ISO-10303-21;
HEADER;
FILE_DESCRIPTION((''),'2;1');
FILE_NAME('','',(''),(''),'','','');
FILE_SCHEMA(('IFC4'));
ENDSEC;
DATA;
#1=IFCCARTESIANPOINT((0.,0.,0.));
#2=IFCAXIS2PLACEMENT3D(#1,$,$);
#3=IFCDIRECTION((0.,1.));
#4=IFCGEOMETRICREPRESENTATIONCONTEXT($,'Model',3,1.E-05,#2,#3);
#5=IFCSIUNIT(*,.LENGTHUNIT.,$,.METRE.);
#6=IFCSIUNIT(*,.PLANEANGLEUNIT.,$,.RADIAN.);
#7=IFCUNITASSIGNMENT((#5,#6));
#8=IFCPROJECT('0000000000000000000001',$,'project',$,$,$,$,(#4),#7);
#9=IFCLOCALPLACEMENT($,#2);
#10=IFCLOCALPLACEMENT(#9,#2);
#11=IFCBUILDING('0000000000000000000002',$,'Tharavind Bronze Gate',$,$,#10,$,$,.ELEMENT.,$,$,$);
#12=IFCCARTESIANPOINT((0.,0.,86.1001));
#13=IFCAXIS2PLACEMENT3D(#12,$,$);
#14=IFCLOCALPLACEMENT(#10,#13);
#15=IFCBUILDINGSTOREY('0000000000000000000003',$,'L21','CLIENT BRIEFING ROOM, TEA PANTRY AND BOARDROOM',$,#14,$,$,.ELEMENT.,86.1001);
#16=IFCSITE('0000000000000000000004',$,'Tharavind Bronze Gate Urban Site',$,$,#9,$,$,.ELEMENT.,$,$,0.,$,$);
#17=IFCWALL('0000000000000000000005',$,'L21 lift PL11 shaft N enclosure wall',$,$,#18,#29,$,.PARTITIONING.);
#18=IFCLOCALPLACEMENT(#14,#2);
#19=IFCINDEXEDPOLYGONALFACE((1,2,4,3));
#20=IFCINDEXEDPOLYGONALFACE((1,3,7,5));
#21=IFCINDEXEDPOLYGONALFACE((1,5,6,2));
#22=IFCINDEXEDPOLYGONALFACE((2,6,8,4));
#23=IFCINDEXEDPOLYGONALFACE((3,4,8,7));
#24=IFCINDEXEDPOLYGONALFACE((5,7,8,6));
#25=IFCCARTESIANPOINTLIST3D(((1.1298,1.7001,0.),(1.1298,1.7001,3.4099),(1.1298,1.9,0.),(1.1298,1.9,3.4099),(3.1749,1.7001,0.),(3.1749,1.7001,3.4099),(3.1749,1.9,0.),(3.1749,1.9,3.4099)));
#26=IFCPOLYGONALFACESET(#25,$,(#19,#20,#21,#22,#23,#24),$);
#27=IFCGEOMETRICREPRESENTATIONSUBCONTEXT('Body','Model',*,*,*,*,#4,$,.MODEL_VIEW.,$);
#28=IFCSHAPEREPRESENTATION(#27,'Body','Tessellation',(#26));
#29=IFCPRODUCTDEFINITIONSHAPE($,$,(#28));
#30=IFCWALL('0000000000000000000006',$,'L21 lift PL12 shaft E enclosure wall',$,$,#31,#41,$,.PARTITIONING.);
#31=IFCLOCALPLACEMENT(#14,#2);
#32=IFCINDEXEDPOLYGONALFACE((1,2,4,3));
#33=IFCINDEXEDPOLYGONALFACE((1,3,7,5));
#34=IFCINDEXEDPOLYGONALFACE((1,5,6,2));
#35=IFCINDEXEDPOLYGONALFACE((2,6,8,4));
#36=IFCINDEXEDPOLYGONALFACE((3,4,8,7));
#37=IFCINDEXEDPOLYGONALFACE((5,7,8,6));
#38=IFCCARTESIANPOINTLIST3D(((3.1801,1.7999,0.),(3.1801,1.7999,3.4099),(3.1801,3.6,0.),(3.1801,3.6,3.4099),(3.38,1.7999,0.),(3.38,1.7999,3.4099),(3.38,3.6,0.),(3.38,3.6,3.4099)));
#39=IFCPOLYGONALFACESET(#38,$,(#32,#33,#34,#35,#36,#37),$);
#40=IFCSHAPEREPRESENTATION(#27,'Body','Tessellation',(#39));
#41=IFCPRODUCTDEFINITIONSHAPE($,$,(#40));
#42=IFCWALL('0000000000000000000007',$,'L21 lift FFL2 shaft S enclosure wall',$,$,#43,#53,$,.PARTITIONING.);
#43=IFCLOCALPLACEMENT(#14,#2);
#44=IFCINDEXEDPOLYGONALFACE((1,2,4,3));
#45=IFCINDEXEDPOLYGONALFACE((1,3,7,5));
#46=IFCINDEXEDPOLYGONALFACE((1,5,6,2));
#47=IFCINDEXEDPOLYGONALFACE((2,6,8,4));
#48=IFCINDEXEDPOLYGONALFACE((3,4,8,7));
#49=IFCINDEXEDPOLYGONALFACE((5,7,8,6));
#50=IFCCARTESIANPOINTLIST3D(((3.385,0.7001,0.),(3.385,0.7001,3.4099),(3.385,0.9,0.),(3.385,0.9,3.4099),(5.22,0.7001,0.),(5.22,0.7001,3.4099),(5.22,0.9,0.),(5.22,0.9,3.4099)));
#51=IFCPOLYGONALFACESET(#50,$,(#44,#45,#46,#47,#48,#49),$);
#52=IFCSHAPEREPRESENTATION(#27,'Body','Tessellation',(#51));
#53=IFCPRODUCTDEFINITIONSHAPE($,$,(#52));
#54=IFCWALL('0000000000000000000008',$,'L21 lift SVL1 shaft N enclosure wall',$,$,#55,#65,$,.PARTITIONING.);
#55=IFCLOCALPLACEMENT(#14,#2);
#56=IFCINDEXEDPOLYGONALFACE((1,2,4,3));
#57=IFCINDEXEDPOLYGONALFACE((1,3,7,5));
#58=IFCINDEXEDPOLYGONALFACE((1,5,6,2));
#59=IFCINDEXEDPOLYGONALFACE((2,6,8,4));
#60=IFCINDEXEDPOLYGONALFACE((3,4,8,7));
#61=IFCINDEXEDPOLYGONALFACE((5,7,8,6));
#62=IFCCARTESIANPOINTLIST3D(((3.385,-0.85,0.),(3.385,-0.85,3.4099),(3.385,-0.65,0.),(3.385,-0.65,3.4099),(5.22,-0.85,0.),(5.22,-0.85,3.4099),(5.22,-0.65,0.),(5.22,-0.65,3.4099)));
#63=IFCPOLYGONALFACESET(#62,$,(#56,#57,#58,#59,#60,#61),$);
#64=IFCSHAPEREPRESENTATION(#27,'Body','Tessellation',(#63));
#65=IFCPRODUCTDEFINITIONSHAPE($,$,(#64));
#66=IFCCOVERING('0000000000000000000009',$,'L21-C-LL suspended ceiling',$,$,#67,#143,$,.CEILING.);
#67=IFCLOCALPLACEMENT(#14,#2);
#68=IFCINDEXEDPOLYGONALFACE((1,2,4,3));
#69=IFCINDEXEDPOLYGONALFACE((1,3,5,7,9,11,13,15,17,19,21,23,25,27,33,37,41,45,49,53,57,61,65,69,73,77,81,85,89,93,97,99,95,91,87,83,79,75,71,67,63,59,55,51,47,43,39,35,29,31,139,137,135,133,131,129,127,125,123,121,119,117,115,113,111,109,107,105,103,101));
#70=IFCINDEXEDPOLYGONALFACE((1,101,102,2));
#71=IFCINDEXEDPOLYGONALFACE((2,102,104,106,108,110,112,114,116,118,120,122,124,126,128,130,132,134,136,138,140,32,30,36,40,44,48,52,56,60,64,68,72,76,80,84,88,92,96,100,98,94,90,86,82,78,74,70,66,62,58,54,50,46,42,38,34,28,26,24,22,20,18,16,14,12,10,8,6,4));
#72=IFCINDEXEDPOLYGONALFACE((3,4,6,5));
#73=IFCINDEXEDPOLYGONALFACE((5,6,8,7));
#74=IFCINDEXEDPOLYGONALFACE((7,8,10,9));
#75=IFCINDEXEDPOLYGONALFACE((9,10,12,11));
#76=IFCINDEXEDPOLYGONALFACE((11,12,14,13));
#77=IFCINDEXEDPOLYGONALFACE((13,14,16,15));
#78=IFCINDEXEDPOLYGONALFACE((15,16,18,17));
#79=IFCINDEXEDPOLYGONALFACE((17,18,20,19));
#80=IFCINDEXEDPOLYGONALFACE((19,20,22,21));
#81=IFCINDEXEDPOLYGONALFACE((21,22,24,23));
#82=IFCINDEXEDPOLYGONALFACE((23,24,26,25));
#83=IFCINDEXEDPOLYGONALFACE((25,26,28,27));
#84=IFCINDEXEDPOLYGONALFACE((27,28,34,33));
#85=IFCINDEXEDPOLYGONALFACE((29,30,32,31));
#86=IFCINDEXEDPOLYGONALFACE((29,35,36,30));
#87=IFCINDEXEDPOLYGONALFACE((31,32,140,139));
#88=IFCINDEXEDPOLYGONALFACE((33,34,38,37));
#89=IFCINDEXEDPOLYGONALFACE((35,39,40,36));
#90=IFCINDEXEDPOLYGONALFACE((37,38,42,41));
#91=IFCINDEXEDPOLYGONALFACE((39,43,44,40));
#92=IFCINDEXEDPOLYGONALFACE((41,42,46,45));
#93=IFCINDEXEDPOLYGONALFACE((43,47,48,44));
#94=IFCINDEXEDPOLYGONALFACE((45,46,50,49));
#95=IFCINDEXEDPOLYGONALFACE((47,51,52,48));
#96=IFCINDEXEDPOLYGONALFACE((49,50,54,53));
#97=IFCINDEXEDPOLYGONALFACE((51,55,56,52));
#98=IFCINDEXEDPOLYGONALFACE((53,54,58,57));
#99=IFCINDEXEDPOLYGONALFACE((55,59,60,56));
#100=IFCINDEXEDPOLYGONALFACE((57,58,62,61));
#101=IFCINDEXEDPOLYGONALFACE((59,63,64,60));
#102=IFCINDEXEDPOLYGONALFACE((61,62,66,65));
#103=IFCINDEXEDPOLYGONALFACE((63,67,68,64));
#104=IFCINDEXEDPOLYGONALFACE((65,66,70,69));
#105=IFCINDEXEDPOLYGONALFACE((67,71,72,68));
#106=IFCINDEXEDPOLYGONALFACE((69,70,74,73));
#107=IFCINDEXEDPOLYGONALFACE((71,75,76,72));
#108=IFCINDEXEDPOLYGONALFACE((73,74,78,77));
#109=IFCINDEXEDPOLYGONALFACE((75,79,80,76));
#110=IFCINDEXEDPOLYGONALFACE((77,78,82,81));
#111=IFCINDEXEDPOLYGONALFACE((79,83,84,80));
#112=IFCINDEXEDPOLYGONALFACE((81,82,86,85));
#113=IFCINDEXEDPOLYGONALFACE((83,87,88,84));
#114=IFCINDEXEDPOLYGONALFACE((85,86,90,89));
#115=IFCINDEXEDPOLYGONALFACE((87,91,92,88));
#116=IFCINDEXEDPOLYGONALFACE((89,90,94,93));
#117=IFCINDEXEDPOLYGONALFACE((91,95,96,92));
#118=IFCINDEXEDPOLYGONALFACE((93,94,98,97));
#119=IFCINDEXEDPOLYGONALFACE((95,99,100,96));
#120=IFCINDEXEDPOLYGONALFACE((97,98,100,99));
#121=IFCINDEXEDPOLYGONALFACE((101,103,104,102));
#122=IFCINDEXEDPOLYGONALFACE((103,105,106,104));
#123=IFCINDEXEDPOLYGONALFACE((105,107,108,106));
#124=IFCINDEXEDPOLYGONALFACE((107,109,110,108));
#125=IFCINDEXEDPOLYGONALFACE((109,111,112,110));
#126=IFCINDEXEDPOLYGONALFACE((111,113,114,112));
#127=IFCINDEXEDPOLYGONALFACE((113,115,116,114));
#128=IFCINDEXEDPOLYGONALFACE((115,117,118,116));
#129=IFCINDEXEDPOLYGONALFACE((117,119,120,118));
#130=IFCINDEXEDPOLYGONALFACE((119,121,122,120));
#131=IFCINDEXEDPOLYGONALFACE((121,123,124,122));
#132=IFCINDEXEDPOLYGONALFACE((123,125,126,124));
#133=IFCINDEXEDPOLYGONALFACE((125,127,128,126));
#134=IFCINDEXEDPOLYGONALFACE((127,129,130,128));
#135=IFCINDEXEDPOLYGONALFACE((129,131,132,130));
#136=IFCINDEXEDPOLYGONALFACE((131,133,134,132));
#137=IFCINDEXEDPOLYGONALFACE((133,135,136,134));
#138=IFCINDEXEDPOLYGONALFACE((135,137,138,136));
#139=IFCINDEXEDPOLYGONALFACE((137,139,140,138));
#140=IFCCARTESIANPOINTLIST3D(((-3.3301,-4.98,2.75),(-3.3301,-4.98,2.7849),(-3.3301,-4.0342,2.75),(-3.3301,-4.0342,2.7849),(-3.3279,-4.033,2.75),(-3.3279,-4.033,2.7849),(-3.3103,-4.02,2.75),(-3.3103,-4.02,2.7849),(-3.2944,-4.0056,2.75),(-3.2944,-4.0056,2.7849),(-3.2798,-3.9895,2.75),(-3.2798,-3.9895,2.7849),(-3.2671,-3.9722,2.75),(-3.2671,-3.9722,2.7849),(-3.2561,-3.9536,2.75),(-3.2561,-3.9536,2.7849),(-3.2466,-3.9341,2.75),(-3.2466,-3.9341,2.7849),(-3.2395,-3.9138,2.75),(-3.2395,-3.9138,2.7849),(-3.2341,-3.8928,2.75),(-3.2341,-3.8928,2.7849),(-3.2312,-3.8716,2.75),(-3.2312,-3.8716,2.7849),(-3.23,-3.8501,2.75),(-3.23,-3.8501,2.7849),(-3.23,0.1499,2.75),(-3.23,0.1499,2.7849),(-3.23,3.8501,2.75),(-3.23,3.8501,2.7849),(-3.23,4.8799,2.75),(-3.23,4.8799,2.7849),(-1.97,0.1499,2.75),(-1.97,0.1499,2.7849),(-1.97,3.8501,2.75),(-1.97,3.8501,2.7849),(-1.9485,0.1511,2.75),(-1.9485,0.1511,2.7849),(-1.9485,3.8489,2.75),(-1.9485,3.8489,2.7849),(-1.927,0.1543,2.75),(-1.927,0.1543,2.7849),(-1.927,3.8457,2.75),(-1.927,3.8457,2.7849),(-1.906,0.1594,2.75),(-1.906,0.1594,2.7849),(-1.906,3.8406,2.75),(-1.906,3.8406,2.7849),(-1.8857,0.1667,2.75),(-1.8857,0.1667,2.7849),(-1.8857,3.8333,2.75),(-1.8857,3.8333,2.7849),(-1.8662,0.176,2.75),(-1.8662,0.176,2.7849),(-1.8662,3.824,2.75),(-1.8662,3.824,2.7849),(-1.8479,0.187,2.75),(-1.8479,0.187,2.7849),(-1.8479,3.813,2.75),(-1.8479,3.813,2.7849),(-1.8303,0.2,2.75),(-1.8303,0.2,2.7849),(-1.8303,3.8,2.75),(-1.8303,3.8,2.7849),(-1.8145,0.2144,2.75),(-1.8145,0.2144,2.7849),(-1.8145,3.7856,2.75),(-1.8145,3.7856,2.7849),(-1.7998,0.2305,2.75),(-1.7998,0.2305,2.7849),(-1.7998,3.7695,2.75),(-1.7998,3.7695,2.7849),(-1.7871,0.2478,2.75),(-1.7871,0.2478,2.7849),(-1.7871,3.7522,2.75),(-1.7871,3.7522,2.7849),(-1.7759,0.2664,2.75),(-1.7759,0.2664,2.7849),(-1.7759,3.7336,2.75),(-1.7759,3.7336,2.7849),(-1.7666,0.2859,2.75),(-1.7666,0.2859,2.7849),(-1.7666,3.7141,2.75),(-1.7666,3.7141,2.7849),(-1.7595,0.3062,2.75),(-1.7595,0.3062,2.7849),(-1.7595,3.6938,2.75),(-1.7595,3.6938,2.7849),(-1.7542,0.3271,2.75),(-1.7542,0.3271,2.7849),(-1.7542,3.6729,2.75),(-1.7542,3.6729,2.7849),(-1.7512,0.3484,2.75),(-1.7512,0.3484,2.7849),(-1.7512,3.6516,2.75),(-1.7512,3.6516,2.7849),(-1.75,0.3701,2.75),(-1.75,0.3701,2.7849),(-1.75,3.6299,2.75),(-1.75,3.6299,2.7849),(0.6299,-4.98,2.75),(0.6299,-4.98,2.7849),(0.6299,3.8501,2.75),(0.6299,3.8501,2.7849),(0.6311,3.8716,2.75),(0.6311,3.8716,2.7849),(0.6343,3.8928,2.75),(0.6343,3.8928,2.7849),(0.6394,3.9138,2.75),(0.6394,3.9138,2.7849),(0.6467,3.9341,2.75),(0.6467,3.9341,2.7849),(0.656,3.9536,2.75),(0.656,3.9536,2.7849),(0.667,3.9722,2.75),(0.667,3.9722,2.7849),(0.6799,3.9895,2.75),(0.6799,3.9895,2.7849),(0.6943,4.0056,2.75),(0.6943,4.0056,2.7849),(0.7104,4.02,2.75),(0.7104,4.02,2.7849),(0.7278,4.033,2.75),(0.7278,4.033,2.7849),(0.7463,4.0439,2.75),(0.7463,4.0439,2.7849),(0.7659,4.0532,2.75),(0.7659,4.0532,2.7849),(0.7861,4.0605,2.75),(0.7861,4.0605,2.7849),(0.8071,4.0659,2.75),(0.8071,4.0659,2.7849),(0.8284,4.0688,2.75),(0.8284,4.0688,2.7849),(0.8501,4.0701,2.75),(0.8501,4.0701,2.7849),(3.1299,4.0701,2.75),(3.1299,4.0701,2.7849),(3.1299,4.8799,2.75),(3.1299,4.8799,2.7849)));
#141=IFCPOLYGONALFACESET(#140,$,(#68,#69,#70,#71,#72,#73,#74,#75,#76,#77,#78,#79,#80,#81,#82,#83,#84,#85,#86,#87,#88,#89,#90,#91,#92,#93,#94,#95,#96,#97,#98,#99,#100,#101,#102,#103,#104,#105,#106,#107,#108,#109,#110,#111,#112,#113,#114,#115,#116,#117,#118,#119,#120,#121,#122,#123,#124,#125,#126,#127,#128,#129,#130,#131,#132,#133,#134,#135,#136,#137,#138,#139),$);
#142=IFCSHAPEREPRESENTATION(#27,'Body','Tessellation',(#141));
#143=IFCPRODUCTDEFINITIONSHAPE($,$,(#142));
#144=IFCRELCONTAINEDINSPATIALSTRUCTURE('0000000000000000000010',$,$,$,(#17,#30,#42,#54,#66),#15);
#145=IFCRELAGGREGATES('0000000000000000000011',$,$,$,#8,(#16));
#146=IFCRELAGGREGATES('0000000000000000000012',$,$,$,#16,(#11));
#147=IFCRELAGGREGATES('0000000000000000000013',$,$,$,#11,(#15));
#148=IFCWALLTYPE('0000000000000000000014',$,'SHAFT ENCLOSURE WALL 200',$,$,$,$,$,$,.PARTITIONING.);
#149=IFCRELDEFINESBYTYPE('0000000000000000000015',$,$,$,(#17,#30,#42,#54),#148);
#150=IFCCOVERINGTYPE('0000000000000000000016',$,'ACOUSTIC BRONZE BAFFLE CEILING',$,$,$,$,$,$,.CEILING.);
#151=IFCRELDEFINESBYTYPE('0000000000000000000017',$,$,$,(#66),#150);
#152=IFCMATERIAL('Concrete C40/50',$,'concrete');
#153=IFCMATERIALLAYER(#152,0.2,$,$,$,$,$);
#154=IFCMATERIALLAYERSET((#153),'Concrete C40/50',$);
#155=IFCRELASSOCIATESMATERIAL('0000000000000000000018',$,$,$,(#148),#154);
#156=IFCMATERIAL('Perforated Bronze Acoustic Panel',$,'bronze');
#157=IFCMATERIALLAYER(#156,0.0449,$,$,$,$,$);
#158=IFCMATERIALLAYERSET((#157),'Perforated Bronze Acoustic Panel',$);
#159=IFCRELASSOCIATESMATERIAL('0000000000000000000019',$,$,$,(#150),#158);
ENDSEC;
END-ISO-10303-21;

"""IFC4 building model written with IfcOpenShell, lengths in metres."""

from ifc_helpers import new_model, si_unit, direction, frame, frame_2d, origin, place, context, subcontext, project, spatial, polyline, rectangle, outline, extrude, material, layer, layer_set, type_object, element, save


model = new_model("IFC4")

# Units and contexts
model_context = context("Model", 3, precision=1e-05, world=origin(), true_north=direction((0.0, 1.0)))
body_context = subcontext(model_context, "Body", "Model", "MODEL_VIEW")
ifc_project = project(units=[si_unit("LENGTHUNIT", "METRE"), si_unit("PLANEANGLEUNIT", "RADIAN")], contexts=[model_context])

# Site, building, storey
site_placement = place(None, origin())
site = spatial("IfcSite", under=ifc_project, at=site_placement, Name="Tharavind Bronze Gate Urban Site", CompositionType="ELEMENT", RefElevation=0.0)
building_placement = place(site_placement, origin())
building = spatial("IfcBuilding", under=site, at=building_placement, Name="Tharavind Bronze Gate", CompositionType="ELEMENT")
storey_placement = place(building_placement, frame((0.0, 0.0, 86.1001)))
storey = spatial("IfcBuildingStorey", under=building, at=storey_placement, Name="L21", Description="CLIENT BRIEFING ROOM, TEA PANTRY AND BOARDROOM", CompositionType="ELEMENT", Elevation=86.1001)

# Shared definitions
ifc_material_1 = material(Name="Concrete C40/50", Category="concrete")

# Walls
ifc_layer_1 = layer(ifc_material_1, 0.2)
ifc_layer_set_1 = layer_set([ifc_layer_1], Name="Concrete C40/50")
wall_type_1 = type_object("IfcWallType", Name="SHAFT ENCLOSURE WALL 200", PredefinedType="PARTITIONING", material=ifc_layer_set_1)
wall_1_placement = place(storey_placement, frame((1.1299, 1.8, 0.0), z_axis=(0.0, 0.0, 1.0), x_axis=(1.0, 0.0, 0.0)))
element("IfcWall", 1, at=wall_1_placement, inside=storey, type_object=wall_type_1, Name="L21 lift PL11 shaft N enclosure wall", PredefinedType="PARTITIONING", context=body_context, shape_type="SweptSolid", body=[
    extrude(rectangle(XDim=2.0452, YDim=0.2, at=frame_2d((1.0225, 0.0))), origin(), (0.0, 0.0, 1.0), 3.4099),
])
wall_2_placement = place(storey_placement, frame((3.28, 1.8, 0.0), z_axis=(0.0, 0.0, 1.0), x_axis=(0.0, 1.0, 0.0)))
element("IfcWall", 2, at=wall_2_placement, inside=storey, type_object=wall_type_1, Name="L21 lift PL12 shaft E enclosure wall", PredefinedType="PARTITIONING", context=body_context, shape_type="SweptSolid", body=[
    extrude(rectangle(XDim=1.8, YDim=0.2, at=frame_2d((0.8999, 0.0))), origin(), (0.0, 0.0, 1.0), 3.4099),
])
for number, where, z_axis, x_axis, name in (
    (3, (3.385, 0.8, 0.0), (0.0, 0.0, 1.0), (1.0, 0.0, 0.0), "L21 lift FFL2 shaft S enclosure wall"),
    (4, (3.385, -0.75, 0.0), (0.0, 0.0, 1.0), (1.0, 0.0, 0.0), "L21 lift SVL1 shaft N enclosure wall"),
):
    element("IfcWall", number, at=place(storey_placement, frame(where, z_axis=z_axis, x_axis=x_axis)), inside=storey, type_object=wall_type_1, Name=name, PredefinedType="PARTITIONING", context=body_context, shape_type="SweptSolid", body=[
        extrude(rectangle(XDim=1.835, YDim=0.2, at=frame_2d((0.9175, 0.0))), origin(), (0.0, 0.0, 1.0), 3.4099),
    ])

# Covering
ifc_material_2 = material(Name="Perforated Bronze Acoustic Panel", Category="bronze")
ifc_layer_2 = layer(ifc_material_2, 0.0449)
ifc_layer_set_2 = layer_set([ifc_layer_2], Name="Perforated Bronze Acoustic Panel")
covering_type_1 = type_object("IfcCoveringType", Name="ACOUSTIC BRONZE BAFFLE CEILING", PredefinedType="CEILING", material=ifc_layer_set_2)
covering_1_placement = place(storey_placement, frame((0.0, 0.0, 2.75)))
element("IfcCovering", 5, at=covering_1_placement, inside=storey, type_object=covering_type_1, Name="L21-C-LL suspended ceiling", PredefinedType="CEILING", context=body_context, shape_type="SweptSolid", body=[
    extrude(outline(polyline([(-3.3301, -4.98), (0.6299, -4.98), (0.6299, 3.8501), (0.6311, 3.8716), (0.6343, 3.8928), (0.6394, 3.9138), (0.6467, 3.9341), (0.656, 3.9536), (0.667, 3.9722), (0.6799, 3.9895), (0.6943, 4.0056), (0.7104, 4.02), (0.7278, 4.033), (0.7463, 4.0439), (0.7659, 4.0532), (0.7861, 4.0605), (0.8071, 4.0659), (0.8284, 4.0688), (0.8501, 4.0701), (3.1299, 4.0701), (3.1299, 4.8799), (-3.23, 4.8799), (-3.23, 3.8501), (-1.97, 3.8501), (-1.9485, 3.8489), (-1.927, 3.8457), (-1.906, 3.8406), (-1.8857, 3.8333), (-1.8662, 3.824), (-1.8479, 3.813), (-1.8303, 3.8), (-1.8145, 3.7856), (-1.7998, 3.7695), (-1.7871, 3.7522), (-1.7759, 3.7336), (-1.7666, 3.7141), (-1.7595, 3.6938), (-1.7542, 3.6729), (-1.7512, 3.6516), (-1.75, 3.6299), (-1.75, 0.3701), (-1.7512, 0.3484), (-1.7542, 0.3271), (-1.7595, 0.3062), (-1.7666, 0.2859), (-1.7759, 0.2664), (-1.7871, 0.2478), (-1.7998, 0.2305), (-1.8145, 0.2144), (-1.8303, 0.2), (-1.8479, 0.187), (-1.8662, 0.176), (-1.8857, 0.1667), (-1.906, 0.1594), (-1.927, 0.1543), (-1.9485, 0.1511), (-1.97, 0.1499), (-3.23, 0.1499), (-3.23, -3.8501), (-3.2312, -3.8716), (-3.2341, -3.8928), (-3.2395, -3.9138), (-3.2466, -3.9341), (-3.2561, -3.9536), (-3.2671, -3.9722), (-3.2798, -3.9895), (-3.2944, -4.0056), (-3.3103, -4.02), (-3.3279, -4.033), (-3.3301, -4.0342), (-3.3301, -4.98)])), origin(), (0.0, 0.0, 1.0), 0.0349),
])

save(model, "model.ifc")
